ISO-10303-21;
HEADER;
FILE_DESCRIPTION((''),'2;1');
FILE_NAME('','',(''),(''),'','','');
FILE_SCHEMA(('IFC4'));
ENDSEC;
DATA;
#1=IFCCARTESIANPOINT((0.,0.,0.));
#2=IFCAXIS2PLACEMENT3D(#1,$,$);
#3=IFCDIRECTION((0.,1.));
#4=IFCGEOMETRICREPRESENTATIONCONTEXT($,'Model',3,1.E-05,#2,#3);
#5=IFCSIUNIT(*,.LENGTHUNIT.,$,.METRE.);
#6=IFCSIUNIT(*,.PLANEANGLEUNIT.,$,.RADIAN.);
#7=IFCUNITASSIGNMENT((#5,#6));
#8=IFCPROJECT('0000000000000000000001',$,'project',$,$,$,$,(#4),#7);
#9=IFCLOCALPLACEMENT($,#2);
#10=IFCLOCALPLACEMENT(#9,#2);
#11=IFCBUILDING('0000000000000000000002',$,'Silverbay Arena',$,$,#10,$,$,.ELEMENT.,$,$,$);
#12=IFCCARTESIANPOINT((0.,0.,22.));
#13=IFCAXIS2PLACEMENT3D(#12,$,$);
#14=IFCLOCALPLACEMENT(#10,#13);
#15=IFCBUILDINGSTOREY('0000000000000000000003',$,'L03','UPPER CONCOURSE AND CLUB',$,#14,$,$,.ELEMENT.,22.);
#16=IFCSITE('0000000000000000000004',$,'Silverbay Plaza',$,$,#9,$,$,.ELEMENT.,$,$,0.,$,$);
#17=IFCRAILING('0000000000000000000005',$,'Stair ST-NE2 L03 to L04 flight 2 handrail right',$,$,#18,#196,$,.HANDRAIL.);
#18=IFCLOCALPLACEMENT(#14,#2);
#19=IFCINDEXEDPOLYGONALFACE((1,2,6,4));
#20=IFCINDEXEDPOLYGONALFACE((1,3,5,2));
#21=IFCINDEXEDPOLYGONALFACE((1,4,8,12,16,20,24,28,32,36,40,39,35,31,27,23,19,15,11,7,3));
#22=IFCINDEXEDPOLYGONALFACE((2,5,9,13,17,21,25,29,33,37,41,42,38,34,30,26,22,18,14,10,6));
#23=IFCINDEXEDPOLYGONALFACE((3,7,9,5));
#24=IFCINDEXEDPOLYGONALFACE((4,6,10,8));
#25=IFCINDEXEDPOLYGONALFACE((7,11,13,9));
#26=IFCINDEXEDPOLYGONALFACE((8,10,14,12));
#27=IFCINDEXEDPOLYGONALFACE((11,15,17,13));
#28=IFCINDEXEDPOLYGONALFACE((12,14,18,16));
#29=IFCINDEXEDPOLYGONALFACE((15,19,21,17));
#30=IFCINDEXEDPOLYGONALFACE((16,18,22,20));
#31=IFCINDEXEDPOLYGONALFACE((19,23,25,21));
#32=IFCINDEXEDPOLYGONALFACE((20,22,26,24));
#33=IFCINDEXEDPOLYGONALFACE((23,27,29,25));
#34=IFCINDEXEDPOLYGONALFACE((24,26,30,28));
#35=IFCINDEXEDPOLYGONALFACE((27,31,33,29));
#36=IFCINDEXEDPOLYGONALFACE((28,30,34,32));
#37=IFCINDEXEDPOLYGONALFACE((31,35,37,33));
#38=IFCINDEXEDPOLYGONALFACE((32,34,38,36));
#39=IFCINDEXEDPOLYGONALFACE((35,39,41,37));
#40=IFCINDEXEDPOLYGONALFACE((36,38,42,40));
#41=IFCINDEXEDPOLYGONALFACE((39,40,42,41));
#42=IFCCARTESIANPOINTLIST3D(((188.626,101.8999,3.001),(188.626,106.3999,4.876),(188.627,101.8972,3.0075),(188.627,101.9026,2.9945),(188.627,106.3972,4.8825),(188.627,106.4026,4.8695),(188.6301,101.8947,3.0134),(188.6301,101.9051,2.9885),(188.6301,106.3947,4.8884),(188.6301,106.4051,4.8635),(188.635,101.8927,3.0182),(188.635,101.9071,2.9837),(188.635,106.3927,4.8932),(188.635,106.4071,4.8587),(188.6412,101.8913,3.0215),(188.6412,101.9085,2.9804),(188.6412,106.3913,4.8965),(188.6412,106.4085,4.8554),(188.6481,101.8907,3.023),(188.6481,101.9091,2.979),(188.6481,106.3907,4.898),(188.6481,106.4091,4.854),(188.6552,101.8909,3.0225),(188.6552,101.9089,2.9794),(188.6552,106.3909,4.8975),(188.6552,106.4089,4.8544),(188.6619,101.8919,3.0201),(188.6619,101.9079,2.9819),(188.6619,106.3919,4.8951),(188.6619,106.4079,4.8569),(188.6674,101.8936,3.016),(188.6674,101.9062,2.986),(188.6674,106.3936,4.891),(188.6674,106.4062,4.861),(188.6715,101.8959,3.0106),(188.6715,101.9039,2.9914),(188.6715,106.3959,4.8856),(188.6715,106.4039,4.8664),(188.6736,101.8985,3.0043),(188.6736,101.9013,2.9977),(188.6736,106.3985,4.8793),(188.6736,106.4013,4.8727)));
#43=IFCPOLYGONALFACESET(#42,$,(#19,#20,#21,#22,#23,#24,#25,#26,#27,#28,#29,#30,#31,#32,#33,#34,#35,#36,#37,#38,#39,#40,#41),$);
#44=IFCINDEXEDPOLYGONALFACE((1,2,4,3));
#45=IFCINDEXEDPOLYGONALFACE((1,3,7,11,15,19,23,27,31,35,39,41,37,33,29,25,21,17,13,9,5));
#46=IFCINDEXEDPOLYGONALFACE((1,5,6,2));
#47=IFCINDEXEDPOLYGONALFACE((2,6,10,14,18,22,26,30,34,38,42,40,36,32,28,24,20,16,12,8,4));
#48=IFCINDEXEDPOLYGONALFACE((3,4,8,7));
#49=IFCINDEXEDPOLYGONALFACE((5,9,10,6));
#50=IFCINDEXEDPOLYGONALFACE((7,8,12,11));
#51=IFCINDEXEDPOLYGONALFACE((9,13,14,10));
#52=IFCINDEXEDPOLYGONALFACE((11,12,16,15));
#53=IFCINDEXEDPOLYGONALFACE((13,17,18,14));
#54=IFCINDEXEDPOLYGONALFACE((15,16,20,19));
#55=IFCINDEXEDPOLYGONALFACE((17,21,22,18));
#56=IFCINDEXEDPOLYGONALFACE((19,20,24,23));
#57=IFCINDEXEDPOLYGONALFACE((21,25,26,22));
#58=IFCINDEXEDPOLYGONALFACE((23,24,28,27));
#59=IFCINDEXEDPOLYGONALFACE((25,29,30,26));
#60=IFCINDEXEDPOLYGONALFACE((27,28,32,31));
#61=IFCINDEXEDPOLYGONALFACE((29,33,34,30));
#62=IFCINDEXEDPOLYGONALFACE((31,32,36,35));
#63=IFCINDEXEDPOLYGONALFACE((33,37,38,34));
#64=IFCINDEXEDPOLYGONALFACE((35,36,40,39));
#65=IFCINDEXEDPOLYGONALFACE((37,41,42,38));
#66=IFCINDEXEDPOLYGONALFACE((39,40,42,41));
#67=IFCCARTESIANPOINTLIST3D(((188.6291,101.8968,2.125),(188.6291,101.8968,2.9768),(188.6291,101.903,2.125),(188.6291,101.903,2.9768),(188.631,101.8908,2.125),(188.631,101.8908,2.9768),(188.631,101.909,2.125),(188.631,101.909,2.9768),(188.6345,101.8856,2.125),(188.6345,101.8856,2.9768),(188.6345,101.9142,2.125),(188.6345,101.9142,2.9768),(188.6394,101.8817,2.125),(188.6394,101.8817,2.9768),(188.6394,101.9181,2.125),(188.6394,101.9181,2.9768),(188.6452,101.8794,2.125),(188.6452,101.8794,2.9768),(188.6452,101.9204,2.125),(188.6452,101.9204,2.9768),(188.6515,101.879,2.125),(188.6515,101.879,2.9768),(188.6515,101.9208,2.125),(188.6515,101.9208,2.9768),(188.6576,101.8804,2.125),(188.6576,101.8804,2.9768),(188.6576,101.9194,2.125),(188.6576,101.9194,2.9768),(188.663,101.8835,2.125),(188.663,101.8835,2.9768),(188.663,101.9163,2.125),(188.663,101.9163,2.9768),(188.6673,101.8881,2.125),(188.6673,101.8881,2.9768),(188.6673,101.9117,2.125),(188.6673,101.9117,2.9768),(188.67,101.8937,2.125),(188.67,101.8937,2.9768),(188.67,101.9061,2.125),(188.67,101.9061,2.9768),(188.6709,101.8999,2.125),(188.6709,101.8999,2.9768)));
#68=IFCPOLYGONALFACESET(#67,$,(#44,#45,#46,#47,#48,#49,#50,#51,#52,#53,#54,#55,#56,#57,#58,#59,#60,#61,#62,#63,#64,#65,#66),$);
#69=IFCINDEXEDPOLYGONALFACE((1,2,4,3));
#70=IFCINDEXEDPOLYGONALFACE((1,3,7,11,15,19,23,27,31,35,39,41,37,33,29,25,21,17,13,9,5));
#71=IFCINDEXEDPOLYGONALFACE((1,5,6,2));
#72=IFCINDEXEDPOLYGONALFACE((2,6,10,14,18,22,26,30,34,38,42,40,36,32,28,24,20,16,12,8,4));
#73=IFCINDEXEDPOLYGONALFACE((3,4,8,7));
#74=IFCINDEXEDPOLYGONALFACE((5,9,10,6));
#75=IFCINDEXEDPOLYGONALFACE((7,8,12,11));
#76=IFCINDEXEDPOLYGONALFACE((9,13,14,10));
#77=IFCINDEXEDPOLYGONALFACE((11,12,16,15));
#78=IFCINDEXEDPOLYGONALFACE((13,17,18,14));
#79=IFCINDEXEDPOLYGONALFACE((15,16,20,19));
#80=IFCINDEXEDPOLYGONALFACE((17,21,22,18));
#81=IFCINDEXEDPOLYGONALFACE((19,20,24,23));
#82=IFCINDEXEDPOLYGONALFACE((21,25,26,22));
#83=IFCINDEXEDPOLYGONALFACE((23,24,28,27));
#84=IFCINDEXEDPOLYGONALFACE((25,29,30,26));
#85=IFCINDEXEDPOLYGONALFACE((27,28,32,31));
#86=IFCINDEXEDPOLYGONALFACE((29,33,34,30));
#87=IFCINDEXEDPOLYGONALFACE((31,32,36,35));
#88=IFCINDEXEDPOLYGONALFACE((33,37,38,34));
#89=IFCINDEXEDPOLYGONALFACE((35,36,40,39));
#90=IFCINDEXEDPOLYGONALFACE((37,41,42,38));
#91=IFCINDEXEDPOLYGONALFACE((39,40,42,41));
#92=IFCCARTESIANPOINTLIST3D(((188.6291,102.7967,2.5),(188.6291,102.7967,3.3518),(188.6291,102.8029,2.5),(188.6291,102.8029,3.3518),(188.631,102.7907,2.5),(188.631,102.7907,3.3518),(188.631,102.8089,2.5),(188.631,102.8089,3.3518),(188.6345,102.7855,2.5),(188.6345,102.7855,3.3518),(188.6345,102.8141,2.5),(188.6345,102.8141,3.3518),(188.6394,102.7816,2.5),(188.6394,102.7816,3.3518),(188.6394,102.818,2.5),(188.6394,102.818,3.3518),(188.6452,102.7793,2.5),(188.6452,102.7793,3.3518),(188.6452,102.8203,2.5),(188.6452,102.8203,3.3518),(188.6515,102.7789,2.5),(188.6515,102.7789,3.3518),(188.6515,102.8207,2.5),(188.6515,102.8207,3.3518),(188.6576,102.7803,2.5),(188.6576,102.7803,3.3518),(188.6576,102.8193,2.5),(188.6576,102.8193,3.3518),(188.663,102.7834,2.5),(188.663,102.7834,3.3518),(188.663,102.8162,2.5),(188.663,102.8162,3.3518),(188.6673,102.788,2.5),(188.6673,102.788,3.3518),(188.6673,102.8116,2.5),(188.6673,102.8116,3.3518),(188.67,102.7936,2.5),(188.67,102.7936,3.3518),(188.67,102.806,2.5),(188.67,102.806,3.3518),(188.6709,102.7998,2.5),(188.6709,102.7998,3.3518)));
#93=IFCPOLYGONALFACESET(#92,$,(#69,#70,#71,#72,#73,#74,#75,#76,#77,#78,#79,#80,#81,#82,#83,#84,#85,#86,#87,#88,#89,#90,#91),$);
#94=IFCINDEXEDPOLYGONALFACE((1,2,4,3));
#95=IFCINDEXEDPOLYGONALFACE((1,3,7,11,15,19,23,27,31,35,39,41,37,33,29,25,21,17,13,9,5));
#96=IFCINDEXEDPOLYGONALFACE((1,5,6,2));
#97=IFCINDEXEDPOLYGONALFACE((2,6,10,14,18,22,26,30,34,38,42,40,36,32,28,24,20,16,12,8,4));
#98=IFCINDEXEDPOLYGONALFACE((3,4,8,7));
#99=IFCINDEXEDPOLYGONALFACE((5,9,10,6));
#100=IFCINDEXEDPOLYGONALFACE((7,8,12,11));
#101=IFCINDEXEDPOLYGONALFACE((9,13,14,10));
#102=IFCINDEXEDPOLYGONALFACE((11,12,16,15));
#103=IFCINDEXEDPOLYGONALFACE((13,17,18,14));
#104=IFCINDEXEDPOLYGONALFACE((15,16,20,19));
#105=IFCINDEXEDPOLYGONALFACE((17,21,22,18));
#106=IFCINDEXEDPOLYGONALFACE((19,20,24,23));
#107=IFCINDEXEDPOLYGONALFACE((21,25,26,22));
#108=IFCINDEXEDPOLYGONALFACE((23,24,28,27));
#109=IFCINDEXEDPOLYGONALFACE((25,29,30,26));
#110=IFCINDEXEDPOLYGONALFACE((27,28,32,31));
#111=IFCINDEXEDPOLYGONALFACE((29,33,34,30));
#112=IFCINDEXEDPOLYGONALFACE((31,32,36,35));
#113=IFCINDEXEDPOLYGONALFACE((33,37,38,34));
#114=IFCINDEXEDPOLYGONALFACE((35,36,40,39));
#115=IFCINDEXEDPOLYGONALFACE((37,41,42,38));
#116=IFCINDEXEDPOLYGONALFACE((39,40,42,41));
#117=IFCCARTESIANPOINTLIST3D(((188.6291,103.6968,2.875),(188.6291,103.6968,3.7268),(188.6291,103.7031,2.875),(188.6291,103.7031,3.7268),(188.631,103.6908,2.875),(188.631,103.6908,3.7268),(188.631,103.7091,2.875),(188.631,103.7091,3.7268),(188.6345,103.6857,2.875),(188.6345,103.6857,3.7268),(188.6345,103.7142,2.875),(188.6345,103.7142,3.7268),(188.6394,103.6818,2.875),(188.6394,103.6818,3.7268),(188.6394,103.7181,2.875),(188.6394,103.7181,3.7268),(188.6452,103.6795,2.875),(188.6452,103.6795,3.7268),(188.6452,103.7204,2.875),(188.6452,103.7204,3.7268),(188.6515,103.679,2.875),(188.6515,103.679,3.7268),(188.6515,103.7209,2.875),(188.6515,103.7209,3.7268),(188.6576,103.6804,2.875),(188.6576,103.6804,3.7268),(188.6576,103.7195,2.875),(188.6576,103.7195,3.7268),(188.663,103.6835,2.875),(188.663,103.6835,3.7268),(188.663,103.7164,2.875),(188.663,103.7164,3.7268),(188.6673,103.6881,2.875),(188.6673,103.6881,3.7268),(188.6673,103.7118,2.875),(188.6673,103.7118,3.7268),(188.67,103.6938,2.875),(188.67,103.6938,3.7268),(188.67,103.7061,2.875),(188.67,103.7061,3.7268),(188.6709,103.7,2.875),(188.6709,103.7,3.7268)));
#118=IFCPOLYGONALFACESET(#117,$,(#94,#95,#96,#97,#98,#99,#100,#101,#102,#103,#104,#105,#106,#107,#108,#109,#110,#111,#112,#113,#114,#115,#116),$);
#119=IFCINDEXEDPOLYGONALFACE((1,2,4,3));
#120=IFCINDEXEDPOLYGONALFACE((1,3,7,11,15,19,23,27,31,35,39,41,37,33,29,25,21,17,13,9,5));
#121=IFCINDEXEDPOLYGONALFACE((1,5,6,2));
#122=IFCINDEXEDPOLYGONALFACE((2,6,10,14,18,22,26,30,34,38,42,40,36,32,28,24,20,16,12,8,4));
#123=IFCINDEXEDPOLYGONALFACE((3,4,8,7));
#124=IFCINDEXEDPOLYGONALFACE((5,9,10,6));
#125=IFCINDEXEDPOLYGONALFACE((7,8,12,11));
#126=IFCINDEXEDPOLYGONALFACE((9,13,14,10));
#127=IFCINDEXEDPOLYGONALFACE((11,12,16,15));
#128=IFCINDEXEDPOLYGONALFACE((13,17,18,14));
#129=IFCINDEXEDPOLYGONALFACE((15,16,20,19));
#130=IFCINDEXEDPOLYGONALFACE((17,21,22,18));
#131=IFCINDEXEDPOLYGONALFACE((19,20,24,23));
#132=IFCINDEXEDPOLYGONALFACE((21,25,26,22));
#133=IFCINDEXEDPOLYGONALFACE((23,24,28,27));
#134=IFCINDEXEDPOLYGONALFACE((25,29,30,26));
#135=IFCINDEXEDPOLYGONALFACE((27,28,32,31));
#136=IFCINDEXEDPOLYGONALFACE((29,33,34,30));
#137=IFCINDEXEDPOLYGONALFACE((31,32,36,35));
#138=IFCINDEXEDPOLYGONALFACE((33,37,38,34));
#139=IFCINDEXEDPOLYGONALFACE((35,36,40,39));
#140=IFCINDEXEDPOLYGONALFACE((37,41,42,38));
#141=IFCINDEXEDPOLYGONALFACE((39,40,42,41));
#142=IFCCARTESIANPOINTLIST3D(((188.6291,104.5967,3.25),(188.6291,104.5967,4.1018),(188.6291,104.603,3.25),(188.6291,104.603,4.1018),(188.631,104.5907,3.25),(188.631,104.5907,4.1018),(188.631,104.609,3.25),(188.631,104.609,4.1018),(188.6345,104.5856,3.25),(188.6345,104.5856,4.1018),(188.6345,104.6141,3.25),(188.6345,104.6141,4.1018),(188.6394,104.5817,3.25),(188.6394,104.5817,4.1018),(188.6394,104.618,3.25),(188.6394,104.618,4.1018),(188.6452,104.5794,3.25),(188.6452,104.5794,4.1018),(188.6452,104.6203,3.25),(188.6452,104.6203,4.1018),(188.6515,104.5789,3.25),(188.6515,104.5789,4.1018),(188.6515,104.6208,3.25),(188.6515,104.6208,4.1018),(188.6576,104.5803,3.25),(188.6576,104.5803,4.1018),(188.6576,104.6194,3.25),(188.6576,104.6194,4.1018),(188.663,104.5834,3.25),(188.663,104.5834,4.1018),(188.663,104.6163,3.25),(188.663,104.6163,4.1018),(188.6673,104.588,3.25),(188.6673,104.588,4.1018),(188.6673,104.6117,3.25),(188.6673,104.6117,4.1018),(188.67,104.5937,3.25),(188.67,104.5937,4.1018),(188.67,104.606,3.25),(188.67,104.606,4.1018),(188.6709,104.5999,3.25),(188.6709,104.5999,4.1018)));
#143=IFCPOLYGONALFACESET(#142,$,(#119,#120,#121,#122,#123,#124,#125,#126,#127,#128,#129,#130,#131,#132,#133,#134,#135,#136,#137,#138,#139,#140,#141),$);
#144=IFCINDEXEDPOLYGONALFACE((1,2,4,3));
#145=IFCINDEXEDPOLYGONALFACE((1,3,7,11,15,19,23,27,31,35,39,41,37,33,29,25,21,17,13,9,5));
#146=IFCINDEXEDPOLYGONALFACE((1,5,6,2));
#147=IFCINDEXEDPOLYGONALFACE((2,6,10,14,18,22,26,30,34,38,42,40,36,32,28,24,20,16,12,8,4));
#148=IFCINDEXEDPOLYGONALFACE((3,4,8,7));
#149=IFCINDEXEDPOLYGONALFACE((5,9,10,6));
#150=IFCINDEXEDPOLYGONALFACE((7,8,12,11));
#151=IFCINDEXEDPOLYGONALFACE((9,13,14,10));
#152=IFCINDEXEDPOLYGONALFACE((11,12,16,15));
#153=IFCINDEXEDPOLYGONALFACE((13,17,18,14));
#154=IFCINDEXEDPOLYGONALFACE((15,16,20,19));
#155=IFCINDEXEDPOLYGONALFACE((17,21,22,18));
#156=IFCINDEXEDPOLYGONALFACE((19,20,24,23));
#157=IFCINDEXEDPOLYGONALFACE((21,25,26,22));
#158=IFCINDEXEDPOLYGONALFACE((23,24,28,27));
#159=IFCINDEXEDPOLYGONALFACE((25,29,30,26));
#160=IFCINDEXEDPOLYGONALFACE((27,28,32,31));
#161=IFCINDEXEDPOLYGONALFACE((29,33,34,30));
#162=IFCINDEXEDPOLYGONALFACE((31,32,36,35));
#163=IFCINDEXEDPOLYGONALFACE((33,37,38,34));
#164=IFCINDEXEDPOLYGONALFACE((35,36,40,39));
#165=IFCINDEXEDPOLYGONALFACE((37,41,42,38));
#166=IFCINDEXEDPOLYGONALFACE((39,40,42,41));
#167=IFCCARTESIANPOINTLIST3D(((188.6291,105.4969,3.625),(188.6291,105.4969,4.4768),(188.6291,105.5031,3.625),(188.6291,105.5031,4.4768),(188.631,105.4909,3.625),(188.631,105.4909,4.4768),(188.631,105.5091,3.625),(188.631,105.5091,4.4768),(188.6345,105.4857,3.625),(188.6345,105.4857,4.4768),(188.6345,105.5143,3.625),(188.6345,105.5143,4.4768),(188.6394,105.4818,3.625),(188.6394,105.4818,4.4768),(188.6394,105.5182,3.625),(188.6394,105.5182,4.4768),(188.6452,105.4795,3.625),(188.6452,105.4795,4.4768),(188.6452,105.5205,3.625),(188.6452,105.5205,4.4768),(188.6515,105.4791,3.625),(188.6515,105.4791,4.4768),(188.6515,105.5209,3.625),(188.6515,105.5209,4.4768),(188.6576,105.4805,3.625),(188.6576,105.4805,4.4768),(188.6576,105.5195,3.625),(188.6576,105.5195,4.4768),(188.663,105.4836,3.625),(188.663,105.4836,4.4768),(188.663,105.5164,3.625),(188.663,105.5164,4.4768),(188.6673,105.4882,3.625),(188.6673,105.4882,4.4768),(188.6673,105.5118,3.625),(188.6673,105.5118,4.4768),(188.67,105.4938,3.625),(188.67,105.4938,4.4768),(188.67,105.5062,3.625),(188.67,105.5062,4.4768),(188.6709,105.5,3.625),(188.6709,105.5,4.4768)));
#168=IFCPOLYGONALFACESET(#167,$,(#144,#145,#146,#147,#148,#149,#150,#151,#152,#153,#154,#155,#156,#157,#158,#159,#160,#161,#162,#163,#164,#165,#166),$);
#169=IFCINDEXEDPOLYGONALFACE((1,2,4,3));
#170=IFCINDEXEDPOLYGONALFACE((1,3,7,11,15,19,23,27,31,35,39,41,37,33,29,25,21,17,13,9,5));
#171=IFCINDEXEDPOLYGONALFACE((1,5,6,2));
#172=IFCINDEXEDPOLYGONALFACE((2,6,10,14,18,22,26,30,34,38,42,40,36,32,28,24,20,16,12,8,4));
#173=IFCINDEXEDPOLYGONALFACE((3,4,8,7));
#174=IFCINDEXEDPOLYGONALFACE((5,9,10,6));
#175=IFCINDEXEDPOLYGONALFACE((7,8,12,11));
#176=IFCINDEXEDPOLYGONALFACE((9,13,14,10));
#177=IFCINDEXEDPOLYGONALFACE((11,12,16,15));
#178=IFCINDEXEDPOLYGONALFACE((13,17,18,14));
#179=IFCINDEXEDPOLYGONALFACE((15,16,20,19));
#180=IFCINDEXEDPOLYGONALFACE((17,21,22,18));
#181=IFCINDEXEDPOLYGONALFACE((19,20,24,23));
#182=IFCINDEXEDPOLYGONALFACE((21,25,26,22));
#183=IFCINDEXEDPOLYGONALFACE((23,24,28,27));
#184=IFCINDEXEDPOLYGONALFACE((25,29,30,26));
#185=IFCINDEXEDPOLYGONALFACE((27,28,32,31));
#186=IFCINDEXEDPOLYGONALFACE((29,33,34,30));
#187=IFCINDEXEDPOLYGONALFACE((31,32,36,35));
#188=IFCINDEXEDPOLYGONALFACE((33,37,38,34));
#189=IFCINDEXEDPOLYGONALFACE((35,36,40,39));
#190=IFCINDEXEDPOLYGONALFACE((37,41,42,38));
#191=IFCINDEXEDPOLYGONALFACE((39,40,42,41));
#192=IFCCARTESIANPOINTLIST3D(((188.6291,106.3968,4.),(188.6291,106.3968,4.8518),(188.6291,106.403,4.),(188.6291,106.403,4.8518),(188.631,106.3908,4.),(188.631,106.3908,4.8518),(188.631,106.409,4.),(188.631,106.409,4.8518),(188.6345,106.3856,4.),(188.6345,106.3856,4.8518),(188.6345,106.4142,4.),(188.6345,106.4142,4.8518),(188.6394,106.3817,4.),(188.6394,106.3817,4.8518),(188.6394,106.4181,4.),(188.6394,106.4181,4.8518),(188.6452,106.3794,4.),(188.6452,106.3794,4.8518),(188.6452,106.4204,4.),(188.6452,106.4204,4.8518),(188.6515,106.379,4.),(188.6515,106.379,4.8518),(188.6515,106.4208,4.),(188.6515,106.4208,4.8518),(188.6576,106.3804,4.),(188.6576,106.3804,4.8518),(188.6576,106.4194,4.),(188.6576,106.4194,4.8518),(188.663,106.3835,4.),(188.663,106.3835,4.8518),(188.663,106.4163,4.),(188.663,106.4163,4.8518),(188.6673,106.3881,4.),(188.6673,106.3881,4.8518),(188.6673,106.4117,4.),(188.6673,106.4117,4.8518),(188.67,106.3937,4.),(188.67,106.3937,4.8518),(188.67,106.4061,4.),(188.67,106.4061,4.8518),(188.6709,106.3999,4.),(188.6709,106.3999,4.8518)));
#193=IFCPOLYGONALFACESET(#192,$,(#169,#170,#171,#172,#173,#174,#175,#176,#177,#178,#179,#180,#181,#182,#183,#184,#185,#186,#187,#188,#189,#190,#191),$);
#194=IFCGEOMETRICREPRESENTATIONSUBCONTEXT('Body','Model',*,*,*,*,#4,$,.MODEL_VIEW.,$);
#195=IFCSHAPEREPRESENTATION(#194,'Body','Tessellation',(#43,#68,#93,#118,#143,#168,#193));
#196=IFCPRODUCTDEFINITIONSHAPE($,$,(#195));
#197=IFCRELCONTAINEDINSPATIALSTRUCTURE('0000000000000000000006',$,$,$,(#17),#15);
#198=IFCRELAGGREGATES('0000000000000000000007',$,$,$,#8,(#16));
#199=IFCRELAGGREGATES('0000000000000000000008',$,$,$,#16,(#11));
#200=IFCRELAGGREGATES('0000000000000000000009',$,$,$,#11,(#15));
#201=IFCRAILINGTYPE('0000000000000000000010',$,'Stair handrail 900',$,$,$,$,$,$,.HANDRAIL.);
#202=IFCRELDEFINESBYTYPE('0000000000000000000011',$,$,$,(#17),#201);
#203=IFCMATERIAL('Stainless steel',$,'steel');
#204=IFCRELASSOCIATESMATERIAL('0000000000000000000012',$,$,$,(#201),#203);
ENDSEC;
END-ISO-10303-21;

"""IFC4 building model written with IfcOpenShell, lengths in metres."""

from ifc_helpers import new_model, si_unit, direction, frame, origin, origin_2d, place, context, subcontext, project, spatial, circle, extrude, material, type_object, element, save


model = new_model("IFC4")

# Units and contexts
model_context = context("Model", 3, precision=1e-05, world=origin(), true_north=direction((0.0, 1.0)))
body_context = subcontext(model_context, "Body", "Model", "MODEL_VIEW")
ifc_project = project(units=[si_unit("LENGTHUNIT", "METRE"), si_unit("PLANEANGLEUNIT", "RADIAN")], contexts=[model_context])

# Site, building, storey
site_placement = place(None, origin())
site = spatial("IfcSite", under=ifc_project, at=site_placement, Name="Silverbay Plaza", CompositionType="ELEMENT", RefElevation=0.0)
building_placement = place(site_placement, origin())
building = spatial("IfcBuilding", under=site, at=building_placement, Name="Silverbay Arena", CompositionType="ELEMENT")
storey_placement = place(building_placement, frame((0.0, 0.0, 22.0)))
storey = spatial("IfcBuildingStorey", under=building, at=storey_placement, Name="L03", Description="UPPER CONCOURSE AND CLUB", CompositionType="ELEMENT", Elevation=22.0)

# Railing
ifc_material_1 = material(Name="Stainless steel", Category="steel")
railing_type_1 = type_object("IfcRailingType", Name="Stair handrail 900", PredefinedType="HANDRAIL", material=ifc_material_1)
for number, where, name in (
    (1, (188.6499, 101.8999, 2.125), "Stair ST-NE2 L03 to L04 flight 2 handrail right"),
):
    element("IfcRailing", number, at=place(storey_placement, frame(where)), inside=storey, type_object=railing_type_1, Name=name, PredefinedType="HANDRAIL", context=body_context, shape_type="SweptSolid", body=[
        extrude(circle(Radius=0.0239, at=origin_2d()), frame((0.0, 0.0, 0.876), z_axis=(0.0, 0.923077, 0.384615), x_axis=(-1.0, 0.0, 0.0)), (0.0, 0.0, 1.0), 4.875),
        extrude(circle(Radius=0.021, at=origin_2d()), origin(), (0.0, 0.0, 1.0), 0.8518),
        extrude(circle(Radius=0.021, at=origin_2d()), frame((0.0, 0.8999, 0.375)), (0.0, 0.0, 1.0), 0.8518),
        extrude(circle(Radius=0.021, at=origin_2d()), frame((0.0, 1.8, 0.75)), (0.0, 0.0, 1.0), 0.8518),
        extrude(circle(Radius=0.021, at=origin_2d()), frame((0.0, 2.7, 1.125)), (0.0, 0.0, 1.0), 0.8518),
        extrude(circle(Radius=0.021, at=origin_2d()), frame((0.0, 3.6001, 1.5)), (0.0, 0.0, 1.0), 0.8518),
        extrude(circle(Radius=0.021, at=origin_2d()), frame((0.0, 4.5, 1.875)), (0.0, 0.0, 1.0), 0.8518),
    ])

save(model, "model.ifc")
